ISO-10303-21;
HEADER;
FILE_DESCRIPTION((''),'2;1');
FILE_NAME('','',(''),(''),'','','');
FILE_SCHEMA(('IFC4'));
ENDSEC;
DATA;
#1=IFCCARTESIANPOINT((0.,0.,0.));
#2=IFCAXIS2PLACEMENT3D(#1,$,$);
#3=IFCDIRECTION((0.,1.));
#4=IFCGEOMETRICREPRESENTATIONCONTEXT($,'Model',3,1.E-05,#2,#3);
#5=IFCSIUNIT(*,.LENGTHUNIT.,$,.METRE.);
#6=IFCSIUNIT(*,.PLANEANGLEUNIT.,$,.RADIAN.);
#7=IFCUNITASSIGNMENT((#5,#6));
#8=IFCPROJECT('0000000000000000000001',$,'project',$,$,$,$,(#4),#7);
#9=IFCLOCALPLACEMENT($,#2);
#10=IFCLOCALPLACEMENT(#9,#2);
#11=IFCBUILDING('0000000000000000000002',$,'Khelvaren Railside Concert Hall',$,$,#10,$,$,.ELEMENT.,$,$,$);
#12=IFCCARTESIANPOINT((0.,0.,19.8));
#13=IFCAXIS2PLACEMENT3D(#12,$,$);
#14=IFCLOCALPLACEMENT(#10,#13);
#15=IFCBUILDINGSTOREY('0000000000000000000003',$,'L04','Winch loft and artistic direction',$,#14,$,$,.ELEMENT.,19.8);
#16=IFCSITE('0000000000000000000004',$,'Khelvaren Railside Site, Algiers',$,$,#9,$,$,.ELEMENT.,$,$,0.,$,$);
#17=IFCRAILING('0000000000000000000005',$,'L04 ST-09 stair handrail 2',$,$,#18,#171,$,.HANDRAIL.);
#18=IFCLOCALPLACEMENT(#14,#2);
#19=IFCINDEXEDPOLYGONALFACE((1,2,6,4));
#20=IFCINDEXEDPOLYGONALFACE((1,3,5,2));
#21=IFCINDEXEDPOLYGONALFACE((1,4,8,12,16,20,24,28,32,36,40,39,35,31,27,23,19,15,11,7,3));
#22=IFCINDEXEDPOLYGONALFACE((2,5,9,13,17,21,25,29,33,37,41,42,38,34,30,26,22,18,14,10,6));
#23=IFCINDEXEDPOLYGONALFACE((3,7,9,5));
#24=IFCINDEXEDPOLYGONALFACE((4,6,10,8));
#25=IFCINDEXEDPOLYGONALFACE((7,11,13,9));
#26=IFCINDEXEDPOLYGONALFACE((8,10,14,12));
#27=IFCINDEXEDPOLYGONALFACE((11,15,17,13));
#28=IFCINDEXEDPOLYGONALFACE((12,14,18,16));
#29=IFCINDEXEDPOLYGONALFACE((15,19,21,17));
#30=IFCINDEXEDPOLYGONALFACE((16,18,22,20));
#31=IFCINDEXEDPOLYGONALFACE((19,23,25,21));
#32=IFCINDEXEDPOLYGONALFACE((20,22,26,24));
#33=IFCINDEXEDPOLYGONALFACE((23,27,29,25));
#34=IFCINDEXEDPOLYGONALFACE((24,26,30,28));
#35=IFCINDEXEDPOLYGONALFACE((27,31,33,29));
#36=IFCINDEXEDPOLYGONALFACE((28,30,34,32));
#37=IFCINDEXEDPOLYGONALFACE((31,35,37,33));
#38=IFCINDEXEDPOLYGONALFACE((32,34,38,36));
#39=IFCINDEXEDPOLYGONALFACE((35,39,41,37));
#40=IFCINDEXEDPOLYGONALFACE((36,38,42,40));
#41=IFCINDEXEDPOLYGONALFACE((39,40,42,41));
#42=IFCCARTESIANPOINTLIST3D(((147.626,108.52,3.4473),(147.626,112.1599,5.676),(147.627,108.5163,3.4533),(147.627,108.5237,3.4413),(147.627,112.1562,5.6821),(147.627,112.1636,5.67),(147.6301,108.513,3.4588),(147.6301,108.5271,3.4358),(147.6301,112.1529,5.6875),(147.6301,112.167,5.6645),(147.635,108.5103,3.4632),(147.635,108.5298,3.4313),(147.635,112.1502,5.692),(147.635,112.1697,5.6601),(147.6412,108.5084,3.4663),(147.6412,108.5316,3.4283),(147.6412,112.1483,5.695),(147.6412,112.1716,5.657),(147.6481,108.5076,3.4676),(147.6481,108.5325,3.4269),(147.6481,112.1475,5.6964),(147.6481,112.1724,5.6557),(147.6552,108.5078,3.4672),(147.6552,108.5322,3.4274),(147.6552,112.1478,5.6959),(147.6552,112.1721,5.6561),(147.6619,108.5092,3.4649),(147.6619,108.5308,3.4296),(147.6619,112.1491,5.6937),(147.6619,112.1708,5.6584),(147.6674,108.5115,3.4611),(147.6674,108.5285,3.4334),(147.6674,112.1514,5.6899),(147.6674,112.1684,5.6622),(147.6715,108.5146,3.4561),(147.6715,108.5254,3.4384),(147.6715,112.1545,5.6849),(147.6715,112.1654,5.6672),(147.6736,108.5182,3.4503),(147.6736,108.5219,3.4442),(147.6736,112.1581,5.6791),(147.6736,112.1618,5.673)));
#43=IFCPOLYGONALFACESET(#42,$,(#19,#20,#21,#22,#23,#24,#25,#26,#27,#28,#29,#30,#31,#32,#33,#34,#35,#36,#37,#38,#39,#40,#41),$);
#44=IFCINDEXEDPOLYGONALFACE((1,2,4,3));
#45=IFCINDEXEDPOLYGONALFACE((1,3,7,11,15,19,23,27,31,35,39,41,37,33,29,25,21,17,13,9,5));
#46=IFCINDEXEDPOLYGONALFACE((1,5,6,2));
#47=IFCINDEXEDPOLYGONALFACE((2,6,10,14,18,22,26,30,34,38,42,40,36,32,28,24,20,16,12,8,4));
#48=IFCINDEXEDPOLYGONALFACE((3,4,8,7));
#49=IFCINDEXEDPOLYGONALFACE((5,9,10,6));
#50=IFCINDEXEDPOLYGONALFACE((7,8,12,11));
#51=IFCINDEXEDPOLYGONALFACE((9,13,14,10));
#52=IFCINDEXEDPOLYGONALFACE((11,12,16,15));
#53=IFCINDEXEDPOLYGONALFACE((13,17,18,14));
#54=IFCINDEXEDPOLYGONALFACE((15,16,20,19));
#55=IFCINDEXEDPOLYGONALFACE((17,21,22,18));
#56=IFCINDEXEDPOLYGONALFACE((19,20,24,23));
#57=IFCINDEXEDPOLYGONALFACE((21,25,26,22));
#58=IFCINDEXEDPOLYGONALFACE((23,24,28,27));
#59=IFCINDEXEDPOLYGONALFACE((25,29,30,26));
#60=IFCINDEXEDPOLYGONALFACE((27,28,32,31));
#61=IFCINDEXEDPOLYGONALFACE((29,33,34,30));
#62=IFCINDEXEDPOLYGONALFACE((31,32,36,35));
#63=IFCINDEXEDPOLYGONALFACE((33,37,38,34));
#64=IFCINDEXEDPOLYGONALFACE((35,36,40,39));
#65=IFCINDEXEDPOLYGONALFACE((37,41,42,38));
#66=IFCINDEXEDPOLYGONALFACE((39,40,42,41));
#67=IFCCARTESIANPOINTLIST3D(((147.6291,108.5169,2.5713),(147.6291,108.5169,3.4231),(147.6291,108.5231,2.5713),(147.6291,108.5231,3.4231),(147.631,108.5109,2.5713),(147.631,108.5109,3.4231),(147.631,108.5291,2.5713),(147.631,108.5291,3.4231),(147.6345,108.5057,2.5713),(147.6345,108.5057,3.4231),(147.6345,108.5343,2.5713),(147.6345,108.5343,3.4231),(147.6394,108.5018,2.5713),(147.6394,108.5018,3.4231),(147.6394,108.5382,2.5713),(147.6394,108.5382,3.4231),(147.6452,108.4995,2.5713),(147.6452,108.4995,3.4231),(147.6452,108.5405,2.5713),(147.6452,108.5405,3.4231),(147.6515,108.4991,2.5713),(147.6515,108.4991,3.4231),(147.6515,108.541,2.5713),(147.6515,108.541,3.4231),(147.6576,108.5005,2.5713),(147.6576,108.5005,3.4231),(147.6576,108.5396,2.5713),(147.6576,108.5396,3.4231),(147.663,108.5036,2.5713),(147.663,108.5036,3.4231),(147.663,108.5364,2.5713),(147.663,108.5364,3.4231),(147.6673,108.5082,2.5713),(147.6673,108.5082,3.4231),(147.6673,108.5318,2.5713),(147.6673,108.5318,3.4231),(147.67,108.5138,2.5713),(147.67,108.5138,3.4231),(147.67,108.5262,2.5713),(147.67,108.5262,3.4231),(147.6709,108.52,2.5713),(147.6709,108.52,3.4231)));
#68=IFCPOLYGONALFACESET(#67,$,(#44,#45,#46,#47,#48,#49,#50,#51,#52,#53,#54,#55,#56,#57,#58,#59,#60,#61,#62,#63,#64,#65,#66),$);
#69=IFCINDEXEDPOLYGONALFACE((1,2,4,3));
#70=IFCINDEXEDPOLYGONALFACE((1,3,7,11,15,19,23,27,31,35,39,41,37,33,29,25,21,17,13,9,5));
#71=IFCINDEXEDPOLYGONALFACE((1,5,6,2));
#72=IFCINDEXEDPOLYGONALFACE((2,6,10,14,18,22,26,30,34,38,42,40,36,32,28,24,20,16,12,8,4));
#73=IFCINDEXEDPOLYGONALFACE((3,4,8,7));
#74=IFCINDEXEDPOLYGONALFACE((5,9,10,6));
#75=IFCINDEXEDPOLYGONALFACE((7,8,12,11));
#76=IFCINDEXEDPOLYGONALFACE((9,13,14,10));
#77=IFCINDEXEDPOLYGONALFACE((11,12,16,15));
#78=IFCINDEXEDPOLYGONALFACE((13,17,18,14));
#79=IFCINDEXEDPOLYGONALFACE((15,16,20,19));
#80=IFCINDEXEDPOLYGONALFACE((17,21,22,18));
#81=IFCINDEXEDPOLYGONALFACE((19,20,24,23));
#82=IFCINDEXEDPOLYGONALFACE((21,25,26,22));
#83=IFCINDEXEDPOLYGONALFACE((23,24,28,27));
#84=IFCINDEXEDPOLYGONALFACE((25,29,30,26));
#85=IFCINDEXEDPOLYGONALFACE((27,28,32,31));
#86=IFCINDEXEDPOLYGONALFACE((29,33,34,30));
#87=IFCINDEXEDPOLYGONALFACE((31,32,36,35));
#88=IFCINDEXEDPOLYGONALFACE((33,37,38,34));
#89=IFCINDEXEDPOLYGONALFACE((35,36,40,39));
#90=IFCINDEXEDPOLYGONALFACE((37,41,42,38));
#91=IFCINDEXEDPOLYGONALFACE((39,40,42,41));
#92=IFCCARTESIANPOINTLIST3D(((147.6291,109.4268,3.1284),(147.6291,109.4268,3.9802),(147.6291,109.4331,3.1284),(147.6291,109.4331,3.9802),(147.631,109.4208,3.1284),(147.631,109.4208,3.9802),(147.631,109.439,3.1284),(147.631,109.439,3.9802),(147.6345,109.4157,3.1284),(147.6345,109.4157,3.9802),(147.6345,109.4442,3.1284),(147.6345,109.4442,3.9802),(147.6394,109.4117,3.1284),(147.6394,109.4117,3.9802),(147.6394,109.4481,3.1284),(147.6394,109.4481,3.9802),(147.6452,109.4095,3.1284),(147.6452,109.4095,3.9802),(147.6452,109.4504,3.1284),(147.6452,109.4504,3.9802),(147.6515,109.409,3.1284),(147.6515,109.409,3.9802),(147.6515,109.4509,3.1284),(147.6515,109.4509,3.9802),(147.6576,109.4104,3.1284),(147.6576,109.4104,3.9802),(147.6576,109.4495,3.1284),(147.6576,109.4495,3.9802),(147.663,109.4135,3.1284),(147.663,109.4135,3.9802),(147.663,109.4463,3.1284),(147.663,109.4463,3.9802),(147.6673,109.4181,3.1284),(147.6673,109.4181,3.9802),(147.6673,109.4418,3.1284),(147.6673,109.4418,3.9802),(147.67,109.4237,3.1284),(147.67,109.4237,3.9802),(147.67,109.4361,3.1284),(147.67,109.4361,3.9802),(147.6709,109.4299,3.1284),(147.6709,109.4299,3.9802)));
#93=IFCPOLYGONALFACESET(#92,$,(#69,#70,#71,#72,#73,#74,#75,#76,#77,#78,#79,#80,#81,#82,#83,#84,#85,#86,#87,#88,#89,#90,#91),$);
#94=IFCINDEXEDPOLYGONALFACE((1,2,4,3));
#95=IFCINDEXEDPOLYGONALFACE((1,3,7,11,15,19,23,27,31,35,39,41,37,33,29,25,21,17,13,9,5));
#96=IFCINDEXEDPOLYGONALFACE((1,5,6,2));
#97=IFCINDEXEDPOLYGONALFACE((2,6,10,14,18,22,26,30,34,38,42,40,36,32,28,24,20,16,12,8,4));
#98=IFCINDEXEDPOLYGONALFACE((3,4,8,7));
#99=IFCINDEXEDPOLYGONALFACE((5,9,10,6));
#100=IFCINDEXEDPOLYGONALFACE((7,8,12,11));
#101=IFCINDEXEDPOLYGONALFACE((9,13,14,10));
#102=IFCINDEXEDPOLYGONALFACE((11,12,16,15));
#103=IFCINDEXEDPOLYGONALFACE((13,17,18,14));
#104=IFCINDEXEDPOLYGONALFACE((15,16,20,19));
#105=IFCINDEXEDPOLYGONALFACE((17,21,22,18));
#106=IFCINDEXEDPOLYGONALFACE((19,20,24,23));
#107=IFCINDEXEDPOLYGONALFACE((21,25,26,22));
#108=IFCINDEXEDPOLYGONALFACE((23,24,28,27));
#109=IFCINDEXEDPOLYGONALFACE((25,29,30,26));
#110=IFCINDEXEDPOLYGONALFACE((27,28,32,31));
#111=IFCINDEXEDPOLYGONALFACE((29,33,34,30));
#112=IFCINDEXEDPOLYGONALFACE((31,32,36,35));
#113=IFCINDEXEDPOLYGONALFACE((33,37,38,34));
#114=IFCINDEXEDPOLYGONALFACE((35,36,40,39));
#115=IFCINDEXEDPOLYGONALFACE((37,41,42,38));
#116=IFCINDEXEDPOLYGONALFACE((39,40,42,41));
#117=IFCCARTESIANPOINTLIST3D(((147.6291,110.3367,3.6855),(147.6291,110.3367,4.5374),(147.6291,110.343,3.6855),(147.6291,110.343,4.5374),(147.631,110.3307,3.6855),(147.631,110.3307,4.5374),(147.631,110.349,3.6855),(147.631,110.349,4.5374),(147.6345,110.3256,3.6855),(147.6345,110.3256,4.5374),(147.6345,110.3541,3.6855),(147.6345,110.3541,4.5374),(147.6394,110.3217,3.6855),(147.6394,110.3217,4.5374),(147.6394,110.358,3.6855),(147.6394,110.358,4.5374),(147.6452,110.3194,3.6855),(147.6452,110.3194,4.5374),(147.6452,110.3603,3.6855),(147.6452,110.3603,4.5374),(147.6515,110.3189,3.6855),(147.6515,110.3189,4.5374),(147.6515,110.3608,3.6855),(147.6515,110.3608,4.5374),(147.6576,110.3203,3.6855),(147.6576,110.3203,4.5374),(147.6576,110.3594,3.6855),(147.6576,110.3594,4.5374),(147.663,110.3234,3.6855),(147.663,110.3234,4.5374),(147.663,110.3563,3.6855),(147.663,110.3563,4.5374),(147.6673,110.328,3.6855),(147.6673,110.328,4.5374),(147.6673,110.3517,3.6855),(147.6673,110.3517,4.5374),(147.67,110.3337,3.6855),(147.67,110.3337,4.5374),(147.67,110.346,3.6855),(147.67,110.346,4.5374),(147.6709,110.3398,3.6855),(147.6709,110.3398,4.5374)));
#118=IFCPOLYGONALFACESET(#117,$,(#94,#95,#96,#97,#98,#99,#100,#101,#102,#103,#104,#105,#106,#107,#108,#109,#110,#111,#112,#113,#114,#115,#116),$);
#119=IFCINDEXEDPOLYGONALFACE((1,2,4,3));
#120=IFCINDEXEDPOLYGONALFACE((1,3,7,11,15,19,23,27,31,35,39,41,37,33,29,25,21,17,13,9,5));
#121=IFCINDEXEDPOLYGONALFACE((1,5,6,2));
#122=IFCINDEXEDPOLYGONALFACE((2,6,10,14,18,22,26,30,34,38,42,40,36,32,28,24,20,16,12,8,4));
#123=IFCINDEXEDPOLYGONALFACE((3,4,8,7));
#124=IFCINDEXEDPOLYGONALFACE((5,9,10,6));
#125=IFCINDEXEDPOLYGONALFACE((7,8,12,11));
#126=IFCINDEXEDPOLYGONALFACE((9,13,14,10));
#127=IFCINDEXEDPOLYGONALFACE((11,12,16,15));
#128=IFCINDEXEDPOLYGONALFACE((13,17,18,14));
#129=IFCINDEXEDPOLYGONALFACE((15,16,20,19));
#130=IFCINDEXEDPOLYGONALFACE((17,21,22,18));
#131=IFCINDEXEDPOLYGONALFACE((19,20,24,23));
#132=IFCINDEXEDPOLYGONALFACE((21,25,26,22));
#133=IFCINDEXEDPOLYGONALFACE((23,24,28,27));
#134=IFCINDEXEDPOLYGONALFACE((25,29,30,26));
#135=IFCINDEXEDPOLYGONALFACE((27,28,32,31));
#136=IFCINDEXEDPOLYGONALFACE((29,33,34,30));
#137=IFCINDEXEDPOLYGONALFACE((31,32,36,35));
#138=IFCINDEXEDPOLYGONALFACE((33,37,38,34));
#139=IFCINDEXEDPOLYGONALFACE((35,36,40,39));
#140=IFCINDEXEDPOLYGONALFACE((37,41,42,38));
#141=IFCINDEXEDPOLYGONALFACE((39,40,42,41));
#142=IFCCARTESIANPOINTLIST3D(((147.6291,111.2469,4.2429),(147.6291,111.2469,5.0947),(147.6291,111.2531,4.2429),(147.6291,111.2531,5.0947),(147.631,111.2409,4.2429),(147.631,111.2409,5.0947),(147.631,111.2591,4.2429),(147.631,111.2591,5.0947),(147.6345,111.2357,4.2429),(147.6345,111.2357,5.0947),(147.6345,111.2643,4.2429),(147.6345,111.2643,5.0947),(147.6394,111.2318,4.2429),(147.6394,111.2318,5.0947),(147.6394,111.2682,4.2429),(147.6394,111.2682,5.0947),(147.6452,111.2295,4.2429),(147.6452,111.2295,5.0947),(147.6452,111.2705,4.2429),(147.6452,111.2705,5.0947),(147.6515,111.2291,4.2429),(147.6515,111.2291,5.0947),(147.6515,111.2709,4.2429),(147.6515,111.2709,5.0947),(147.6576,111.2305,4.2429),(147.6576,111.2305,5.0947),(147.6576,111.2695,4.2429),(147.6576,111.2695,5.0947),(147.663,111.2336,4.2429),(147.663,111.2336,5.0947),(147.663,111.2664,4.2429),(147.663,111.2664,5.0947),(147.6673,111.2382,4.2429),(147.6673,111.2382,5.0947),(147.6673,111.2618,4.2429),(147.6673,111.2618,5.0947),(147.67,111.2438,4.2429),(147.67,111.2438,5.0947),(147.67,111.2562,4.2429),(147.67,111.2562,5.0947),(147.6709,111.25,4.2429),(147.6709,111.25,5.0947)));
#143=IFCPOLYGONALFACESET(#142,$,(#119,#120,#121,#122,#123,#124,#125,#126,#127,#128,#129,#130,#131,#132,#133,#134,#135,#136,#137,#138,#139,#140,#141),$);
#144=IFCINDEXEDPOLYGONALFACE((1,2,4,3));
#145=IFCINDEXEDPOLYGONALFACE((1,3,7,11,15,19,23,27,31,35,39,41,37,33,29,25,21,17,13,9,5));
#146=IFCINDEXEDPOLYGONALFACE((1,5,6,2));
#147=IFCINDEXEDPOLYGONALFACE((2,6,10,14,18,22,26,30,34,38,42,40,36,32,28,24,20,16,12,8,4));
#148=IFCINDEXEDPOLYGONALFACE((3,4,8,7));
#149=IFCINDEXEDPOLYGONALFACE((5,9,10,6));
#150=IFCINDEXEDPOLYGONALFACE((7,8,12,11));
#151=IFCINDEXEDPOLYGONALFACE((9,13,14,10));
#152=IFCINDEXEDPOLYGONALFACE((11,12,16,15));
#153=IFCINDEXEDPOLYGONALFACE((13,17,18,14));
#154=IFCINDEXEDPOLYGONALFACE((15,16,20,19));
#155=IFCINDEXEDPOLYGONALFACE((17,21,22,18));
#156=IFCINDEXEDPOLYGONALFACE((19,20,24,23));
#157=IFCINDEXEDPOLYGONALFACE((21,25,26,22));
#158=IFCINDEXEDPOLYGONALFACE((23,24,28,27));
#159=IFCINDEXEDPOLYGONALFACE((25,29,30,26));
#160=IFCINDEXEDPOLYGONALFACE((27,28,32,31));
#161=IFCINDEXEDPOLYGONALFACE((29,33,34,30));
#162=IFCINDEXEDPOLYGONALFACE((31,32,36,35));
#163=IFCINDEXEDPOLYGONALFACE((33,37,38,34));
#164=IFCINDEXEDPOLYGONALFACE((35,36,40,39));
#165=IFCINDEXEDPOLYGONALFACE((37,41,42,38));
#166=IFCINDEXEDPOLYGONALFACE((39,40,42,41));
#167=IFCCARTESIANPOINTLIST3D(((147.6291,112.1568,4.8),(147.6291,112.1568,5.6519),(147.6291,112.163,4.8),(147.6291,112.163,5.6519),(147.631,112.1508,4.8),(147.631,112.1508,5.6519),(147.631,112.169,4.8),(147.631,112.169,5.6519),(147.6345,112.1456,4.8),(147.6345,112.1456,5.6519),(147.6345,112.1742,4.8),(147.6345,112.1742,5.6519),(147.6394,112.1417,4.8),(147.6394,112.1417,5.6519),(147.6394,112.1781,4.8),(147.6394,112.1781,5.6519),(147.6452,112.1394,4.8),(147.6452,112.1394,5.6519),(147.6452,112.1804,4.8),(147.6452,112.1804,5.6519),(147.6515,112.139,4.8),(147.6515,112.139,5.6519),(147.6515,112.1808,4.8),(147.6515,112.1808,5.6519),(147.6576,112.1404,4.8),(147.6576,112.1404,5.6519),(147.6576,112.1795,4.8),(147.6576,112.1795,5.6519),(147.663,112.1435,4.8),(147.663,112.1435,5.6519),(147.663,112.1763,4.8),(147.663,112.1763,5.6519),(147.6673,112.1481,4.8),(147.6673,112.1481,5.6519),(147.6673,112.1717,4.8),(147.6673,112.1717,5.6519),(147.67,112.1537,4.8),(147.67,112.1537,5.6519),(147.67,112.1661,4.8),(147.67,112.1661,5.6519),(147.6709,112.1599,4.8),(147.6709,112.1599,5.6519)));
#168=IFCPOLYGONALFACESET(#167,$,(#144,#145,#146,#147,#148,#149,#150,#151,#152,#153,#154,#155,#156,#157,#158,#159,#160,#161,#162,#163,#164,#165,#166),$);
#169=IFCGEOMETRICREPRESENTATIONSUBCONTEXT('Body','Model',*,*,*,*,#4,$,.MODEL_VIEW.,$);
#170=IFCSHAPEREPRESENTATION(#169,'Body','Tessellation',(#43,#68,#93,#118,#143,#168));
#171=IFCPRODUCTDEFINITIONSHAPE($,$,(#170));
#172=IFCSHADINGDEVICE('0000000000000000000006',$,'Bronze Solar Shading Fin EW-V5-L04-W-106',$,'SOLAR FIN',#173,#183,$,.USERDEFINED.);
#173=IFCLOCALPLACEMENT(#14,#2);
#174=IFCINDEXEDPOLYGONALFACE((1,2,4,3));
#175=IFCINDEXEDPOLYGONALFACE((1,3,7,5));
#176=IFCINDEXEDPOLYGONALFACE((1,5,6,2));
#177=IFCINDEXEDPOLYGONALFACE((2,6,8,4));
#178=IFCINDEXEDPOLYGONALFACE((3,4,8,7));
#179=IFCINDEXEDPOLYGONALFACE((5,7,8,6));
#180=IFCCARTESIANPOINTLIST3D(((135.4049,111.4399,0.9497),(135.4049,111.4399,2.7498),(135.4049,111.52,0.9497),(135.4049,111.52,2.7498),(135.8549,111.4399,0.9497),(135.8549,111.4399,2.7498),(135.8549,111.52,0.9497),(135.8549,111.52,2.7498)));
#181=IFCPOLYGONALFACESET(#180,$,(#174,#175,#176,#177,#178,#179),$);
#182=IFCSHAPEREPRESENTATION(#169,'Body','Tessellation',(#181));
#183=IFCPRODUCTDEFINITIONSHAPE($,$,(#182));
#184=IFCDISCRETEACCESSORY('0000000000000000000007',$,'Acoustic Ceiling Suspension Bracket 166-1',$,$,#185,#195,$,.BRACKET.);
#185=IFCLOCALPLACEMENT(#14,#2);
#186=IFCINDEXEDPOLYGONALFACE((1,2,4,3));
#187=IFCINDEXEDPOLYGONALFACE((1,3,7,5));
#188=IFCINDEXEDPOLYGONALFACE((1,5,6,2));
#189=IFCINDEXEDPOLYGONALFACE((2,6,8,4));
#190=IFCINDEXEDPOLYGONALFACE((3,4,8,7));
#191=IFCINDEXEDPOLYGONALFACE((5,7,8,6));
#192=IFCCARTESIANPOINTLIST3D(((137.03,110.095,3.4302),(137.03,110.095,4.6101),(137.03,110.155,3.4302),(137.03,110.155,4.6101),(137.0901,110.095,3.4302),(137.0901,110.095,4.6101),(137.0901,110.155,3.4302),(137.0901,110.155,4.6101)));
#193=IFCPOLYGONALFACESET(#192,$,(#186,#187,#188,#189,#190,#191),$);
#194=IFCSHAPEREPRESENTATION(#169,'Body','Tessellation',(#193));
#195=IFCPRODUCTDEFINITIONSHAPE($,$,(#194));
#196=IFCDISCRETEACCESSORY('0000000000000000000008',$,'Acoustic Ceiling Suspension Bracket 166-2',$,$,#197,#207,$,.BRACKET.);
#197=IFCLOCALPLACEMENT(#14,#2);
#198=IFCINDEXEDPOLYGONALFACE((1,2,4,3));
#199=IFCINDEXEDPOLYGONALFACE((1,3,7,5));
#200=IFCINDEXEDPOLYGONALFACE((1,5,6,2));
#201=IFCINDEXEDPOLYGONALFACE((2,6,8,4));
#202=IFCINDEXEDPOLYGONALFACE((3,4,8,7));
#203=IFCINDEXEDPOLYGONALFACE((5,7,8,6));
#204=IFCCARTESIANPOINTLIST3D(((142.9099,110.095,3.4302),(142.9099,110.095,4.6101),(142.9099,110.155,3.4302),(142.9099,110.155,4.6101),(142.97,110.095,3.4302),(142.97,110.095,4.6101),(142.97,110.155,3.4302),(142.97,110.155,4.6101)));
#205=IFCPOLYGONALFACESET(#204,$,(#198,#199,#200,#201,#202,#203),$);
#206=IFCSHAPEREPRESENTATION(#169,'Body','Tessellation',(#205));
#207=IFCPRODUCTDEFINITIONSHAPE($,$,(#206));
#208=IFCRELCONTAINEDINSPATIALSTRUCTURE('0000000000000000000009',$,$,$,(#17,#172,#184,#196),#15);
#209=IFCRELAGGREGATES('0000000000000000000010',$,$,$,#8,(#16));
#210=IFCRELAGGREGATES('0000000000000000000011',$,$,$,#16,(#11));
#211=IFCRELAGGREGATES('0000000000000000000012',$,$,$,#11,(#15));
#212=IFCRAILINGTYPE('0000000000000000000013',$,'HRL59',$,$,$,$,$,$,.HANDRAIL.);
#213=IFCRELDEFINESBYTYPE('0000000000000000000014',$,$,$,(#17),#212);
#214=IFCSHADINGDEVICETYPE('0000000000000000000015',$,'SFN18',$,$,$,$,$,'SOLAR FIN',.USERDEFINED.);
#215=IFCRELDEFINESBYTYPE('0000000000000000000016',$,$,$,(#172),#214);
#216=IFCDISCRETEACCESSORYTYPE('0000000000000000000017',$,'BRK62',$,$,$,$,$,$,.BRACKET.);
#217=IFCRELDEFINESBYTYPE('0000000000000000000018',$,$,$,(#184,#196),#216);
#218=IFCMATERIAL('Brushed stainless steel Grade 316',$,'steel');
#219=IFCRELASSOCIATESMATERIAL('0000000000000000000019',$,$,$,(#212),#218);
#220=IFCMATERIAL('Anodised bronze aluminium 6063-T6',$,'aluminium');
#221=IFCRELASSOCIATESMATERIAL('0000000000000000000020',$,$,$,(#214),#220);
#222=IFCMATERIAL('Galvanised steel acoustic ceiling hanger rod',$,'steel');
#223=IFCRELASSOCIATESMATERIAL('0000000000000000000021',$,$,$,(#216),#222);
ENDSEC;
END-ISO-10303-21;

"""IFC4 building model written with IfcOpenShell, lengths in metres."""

from ifc_helpers import new_model, si_unit, direction, frame, origin, origin_2d, place, context, subcontext, project, spatial, rectangle, circle, extrude, material, type_object, element, save


model = new_model("IFC4")

# Units and contexts
model_context = context("Model", 3, precision=1e-05, world=origin(), true_north=direction((0.0, 1.0)))
body_context = subcontext(model_context, "Body", "Model", "MODEL_VIEW")
ifc_project = project(units=[si_unit("LENGTHUNIT", "METRE"), si_unit("PLANEANGLEUNIT", "RADIAN")], contexts=[model_context])

# Site, building, storey
site_placement = place(None, origin())
site = spatial("IfcSite", under=ifc_project, at=site_placement, Name="Khelvaren Railside Site, Algiers", CompositionType="ELEMENT", RefElevation=0.0)
building_placement = place(site_placement, origin())
building = spatial("IfcBuilding", under=site, at=building_placement, Name="Khelvaren Railside Concert Hall", CompositionType="ELEMENT")
storey_placement = place(building_placement, frame((0.0, 0.0, 19.8)))
storey = spatial("IfcBuildingStorey", under=building, at=storey_placement, Name="L04", Description="Winch loft and artistic direction", CompositionType="ELEMENT", Elevation=19.8)

# Railing
ifc_material_1 = material(Name="Brushed stainless steel Grade 316", Category="steel")
railing_type_1 = type_object("IfcRailingType", Name="HRL59", PredefinedType="HANDRAIL", material=ifc_material_1)
railing_1_placement = place(storey_placement, frame((147.6499, 108.52, 2.5713)))
element("IfcRailing", 1, at=railing_1_placement, inside=storey, type_object=railing_type_1, Name="L04 ST-09 stair handrail 2", PredefinedType="HANDRAIL", context=body_context, shape_type="SweptSolid", body=[
    extrude(circle(Radius=0.0239, at=origin_2d()), frame((0.0, 0.0, 0.876), z_axis=(0.0, 0.852825, 0.522197), x_axis=(-1.0, 0.0, 0.0)), (0.0, 0.0, 1.0), 4.2681),
    extrude(circle(Radius=0.021, at=origin_2d()), origin(), (0.0, 0.0, 1.0), 0.8518),
    extrude(circle(Radius=0.021, at=origin_2d()), frame((0.0, 0.9099, 0.5571)), (0.0, 0.0, 1.0), 0.8518),
    extrude(circle(Radius=0.021, at=origin_2d()), frame((0.0, 1.8198, 1.1143)), (0.0, 0.0, 1.0), 0.8518),
    extrude(circle(Radius=0.021, at=origin_2d()), frame((0.0, 2.73, 1.6716)), (0.0, 0.0, 1.0), 0.8518),
    extrude(circle(Radius=0.021, at=origin_2d()), frame((0.0, 3.6399, 2.2288)), (0.0, 0.0, 1.0), 0.8518),
])

# Shading device
ifc_material_2 = material(Name="Anodised bronze aluminium 6063-T6", Category="aluminium")
shading_device_type = type_object("IfcShadingDeviceType", Name="SFN18", ElementType="SOLAR FIN", PredefinedType="USERDEFINED", material=ifc_material_2)
shading_device_placement = place(storey_placement, frame((135.6299, 111.48, 0.9497), z_axis=(0.0, 0.0, 1.0), x_axis=(0.0, 1.0, 0.0)))
element("IfcShadingDevice", 2, at=shading_device_placement, inside=storey, type_object=shading_device_type, Name="Bronze Solar Shading Fin EW-V5-L04-W-106", ObjectType="SOLAR FIN", PredefinedType="USERDEFINED", context=body_context, shape_type="SweptSolid", body=[
    extrude(rectangle(XDim=0.0801, YDim=0.45, at=origin_2d()), origin(), (0.0, 0.0, 1.0), 1.8),
])

# Discrete accessories
ifc_material_3 = material(Name="Galvanised steel acoustic ceiling hanger rod", Category="steel")
discrete_accessory_type_1 = type_object("IfcDiscreteAccessoryType", Name="BRK62", PredefinedType="BRACKET", material=ifc_material_3)
for number, where, z_axis, x_axis, name in (
    (3, (137.0601, 110.125, 3.4302), (0.0, 0.0, 1.0), (1.0, 0.0, 0.0), "Acoustic Ceiling Suspension Bracket 166-1"),
    (4, (142.9399, 110.125, 3.4302), (0.0, 0.0, 1.0), (1.0, 0.0, 0.0), "Acoustic Ceiling Suspension Bracket 166-2"),
):
    element("IfcDiscreteAccessory", number, at=place(storey_placement, frame(where, z_axis=z_axis, x_axis=x_axis)), inside=storey, type_object=discrete_accessory_type_1, Name=name, PredefinedType="BRACKET", context=body_context, shape_type="SweptSolid", body=[
        extrude(rectangle(XDim=0.0601, YDim=0.0601, at=origin_2d()), origin(), (0.0, 0.0, 1.0), 1.1799),
    ])

save(model, "model.ifc")
